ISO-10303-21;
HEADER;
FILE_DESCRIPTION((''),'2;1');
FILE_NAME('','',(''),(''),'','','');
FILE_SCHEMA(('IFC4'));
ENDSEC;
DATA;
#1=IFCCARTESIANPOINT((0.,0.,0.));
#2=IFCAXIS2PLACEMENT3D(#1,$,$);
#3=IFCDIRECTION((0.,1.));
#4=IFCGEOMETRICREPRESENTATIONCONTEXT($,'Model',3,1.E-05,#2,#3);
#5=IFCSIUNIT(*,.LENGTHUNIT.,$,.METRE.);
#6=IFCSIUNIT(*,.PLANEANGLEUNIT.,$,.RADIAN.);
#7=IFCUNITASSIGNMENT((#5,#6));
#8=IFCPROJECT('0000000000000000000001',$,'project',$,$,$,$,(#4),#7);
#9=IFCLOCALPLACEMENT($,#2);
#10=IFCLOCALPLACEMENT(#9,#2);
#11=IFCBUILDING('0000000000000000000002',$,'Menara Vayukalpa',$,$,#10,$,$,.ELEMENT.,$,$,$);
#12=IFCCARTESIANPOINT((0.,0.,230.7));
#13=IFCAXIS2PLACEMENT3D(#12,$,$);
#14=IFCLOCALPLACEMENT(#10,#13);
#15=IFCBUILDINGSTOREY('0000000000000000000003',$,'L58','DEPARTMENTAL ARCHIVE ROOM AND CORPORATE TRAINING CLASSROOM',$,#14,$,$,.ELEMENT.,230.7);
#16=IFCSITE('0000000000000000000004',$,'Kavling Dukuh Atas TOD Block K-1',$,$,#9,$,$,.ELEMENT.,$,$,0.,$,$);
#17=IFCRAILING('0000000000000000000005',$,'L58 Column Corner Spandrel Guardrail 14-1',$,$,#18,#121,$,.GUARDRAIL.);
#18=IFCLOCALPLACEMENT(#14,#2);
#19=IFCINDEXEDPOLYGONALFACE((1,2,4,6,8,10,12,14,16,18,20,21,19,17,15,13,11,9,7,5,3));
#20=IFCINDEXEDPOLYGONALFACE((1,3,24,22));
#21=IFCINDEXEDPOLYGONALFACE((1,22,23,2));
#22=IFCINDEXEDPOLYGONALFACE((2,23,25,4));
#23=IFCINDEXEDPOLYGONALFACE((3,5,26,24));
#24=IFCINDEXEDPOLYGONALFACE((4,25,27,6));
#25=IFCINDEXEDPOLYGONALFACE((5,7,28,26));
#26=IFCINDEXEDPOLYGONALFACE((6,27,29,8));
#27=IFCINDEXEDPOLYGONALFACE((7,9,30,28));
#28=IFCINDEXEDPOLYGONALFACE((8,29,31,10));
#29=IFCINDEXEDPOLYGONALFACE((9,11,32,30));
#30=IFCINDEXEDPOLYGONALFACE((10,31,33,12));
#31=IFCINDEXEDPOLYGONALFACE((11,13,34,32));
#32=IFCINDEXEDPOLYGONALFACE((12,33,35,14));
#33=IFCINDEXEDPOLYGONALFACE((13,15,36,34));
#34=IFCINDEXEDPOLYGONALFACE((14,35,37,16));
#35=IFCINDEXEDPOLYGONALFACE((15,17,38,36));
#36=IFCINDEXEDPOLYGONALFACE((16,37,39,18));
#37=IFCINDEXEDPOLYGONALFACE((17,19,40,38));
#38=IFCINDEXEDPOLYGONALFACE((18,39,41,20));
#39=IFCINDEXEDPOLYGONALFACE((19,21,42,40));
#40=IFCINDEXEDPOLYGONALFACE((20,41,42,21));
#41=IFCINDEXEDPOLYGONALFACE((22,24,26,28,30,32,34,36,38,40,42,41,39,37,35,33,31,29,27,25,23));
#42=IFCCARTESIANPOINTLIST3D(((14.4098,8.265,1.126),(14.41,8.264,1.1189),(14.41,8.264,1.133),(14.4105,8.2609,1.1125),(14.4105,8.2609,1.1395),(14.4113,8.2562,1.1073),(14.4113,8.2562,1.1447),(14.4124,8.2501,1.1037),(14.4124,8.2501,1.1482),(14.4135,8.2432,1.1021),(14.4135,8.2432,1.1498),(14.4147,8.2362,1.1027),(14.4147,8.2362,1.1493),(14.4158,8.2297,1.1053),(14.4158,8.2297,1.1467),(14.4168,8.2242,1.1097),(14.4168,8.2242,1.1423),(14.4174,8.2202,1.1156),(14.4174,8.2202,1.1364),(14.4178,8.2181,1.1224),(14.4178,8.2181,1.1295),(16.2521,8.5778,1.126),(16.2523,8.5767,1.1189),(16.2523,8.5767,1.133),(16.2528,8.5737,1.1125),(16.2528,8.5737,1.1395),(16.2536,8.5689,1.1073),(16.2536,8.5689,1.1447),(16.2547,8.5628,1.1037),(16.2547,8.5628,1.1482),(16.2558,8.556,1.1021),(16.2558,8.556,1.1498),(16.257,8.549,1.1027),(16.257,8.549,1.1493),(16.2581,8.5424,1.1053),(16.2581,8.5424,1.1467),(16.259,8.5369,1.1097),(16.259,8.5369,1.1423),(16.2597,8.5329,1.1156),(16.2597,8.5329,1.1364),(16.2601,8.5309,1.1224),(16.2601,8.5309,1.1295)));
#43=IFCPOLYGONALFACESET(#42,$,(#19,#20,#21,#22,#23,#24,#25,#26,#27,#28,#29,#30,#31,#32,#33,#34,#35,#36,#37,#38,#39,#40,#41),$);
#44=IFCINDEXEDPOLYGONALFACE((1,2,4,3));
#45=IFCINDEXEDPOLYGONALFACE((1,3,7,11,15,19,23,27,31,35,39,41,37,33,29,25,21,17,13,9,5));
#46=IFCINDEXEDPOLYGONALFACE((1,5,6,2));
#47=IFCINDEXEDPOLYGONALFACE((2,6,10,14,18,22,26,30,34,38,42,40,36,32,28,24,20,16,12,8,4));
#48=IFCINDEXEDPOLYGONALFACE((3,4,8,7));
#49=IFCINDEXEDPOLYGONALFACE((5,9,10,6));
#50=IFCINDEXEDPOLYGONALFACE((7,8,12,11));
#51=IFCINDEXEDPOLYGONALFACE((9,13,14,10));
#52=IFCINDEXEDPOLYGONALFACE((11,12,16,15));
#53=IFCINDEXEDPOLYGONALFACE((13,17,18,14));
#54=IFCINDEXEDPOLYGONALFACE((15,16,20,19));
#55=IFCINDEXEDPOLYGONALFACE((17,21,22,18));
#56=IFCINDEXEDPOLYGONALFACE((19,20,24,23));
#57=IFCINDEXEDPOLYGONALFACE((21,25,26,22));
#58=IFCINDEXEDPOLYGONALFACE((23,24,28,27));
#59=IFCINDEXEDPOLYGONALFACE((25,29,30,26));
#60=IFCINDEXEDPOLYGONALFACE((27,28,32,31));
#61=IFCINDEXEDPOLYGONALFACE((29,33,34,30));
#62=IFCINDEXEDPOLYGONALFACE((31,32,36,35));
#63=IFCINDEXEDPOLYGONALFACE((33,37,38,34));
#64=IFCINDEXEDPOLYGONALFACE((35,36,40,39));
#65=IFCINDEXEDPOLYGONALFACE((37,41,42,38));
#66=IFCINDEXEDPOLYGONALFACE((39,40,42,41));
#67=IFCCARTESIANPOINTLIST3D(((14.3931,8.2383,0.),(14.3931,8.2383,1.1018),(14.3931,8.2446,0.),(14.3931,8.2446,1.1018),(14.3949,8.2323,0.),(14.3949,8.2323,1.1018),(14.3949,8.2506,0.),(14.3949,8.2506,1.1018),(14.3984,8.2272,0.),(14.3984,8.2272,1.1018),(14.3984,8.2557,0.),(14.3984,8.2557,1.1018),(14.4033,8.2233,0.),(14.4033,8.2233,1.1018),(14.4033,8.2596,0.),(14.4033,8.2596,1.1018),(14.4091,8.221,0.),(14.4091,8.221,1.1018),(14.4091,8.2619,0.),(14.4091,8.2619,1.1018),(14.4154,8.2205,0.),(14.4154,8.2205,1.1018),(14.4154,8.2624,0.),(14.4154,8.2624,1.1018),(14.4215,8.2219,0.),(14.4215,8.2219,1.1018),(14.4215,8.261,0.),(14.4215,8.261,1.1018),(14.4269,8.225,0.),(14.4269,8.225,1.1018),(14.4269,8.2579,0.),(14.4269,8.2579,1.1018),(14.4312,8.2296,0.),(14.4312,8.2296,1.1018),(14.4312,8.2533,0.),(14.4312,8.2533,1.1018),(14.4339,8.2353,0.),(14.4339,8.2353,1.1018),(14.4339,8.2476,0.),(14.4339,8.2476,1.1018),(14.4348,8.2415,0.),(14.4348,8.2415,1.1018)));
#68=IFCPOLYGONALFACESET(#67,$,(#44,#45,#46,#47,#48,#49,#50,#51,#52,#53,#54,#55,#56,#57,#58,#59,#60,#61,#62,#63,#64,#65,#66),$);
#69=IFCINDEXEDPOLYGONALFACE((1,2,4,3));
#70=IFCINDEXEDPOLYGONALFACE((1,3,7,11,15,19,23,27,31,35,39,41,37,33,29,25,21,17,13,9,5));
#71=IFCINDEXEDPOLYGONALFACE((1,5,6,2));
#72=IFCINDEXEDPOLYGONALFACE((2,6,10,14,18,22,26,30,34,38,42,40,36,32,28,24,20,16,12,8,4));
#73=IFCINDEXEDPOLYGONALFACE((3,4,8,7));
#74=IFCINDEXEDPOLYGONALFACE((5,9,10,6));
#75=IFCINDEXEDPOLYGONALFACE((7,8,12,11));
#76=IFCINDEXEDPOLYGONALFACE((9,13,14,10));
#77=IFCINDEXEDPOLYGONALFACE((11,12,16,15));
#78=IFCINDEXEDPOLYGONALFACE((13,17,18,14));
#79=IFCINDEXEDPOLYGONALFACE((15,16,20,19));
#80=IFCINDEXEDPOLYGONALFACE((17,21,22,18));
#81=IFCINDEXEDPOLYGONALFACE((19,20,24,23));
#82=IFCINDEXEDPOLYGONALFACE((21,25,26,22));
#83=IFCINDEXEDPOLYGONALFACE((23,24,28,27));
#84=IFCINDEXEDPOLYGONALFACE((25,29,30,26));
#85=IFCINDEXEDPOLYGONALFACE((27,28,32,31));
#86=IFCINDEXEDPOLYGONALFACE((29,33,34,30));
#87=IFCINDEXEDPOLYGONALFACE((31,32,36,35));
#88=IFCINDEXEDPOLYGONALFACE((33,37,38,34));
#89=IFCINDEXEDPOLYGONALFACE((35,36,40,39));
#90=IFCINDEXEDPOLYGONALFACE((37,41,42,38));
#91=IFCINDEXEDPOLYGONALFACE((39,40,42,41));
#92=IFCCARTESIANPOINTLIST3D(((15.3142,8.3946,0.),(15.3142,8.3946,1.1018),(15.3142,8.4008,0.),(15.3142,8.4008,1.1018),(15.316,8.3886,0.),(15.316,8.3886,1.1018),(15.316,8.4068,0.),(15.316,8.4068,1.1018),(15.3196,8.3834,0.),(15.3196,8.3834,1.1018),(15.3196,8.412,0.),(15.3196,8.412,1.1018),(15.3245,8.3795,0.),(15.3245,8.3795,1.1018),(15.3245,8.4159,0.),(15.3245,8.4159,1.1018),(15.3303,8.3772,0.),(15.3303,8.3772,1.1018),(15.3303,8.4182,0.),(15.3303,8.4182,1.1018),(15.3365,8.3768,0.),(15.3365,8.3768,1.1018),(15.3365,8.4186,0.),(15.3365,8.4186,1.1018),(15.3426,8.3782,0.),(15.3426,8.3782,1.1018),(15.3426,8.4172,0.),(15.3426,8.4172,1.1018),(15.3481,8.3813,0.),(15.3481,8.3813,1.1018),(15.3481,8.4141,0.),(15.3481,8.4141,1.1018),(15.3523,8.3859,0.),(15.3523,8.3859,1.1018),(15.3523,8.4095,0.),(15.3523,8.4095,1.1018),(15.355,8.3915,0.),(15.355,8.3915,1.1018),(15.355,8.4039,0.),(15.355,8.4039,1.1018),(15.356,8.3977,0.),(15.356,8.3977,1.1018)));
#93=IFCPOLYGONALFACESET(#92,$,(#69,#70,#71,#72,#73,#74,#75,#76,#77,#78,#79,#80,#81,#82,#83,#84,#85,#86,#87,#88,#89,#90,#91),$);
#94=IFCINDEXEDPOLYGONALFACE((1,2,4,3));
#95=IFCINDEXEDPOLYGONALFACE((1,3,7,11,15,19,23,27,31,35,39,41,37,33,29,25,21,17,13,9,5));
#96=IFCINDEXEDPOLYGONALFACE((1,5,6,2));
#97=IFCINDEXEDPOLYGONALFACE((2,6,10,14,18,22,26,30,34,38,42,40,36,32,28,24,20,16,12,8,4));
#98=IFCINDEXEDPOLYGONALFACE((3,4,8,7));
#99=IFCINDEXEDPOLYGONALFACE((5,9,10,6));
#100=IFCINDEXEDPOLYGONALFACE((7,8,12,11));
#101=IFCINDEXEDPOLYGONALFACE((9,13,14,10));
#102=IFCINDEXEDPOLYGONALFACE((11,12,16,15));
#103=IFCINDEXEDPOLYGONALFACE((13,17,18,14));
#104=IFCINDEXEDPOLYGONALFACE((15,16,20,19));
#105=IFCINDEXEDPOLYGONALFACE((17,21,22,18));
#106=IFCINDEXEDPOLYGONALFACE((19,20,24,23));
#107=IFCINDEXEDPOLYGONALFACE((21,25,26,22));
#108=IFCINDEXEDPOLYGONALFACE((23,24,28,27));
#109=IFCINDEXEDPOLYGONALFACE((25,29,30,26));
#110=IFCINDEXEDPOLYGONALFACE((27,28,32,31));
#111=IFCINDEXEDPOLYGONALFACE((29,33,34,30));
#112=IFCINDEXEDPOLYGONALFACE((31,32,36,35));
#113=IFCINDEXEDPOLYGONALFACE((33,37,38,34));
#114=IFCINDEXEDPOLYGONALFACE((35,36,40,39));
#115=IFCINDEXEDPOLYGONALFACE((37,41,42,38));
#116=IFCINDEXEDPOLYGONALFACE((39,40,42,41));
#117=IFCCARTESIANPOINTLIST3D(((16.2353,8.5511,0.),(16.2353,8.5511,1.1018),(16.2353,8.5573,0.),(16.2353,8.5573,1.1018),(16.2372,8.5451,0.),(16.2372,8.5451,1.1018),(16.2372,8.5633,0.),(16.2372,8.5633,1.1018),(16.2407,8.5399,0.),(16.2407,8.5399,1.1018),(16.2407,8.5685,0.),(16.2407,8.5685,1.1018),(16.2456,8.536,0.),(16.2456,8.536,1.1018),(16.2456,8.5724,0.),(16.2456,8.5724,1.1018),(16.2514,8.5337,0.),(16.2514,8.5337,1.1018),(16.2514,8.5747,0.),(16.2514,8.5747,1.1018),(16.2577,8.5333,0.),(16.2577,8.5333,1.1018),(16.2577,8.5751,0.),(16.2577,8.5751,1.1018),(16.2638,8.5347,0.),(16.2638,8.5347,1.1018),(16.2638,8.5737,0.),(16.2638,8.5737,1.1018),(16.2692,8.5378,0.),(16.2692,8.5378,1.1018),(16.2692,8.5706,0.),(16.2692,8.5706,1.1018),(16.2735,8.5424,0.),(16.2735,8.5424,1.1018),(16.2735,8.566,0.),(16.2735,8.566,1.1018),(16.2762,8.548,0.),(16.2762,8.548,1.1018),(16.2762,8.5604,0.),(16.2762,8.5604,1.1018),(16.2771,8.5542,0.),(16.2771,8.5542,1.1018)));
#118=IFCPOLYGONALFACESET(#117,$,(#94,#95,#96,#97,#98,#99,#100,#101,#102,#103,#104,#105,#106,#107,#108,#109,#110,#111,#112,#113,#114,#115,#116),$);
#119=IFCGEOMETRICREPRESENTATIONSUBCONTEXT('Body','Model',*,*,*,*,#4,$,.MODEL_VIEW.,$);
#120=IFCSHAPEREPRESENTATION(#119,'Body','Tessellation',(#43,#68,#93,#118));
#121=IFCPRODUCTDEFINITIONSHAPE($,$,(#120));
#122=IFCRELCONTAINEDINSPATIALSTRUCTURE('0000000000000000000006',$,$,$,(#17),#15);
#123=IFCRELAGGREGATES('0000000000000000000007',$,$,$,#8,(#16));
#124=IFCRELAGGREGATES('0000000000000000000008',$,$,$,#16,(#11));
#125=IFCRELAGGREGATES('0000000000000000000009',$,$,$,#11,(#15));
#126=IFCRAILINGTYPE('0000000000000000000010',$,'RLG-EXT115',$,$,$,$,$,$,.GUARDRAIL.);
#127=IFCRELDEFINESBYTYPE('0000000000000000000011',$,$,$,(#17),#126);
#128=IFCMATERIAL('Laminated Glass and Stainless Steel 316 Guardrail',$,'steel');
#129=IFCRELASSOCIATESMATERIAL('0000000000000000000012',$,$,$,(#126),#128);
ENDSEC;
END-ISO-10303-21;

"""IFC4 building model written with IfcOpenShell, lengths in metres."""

from ifc_helpers import new_model, si_unit, direction, frame, origin, origin_2d, place, context, subcontext, project, spatial, circle, extrude, material, type_object, element, save


model = new_model("IFC4")

# Units and contexts
model_context = context("Model", 3, precision=1e-05, world=origin(), true_north=direction((0.0, 1.0)))
body_context = subcontext(model_context, "Body", "Model", "MODEL_VIEW")
ifc_project = project(units=[si_unit("LENGTHUNIT", "METRE"), si_unit("PLANEANGLEUNIT", "RADIAN")], contexts=[model_context])

# Site, building, storey
site_placement = place(None, origin())
site = spatial("IfcSite", under=ifc_project, at=site_placement, Name="Kavling Dukuh Atas TOD Block K-1", CompositionType="ELEMENT", RefElevation=0.0)
building_placement = place(site_placement, origin())
building = spatial("IfcBuilding", under=site, at=building_placement, Name="Menara Vayukalpa", CompositionType="ELEMENT")
storey_placement = place(building_placement, frame((0.0, 0.0, 230.7)))
storey = spatial("IfcBuildingStorey", under=building, at=storey_placement, Name="L58", Description="DEPARTMENTAL ARCHIVE ROOM AND CORPORATE TRAINING CLASSROOM", CompositionType="ELEMENT", Elevation=230.7)

# Railing
ifc_material_1 = material(Name="Laminated Glass and Stainless Steel 316 Guardrail", Category="steel")
railing_type = type_object("IfcRailingType", Name="RLG-EXT115", PredefinedType="GUARDRAIL", material=ifc_material_1)
railing_placement = place(storey_placement, frame((14.4138, 8.2415, 0.0)))
element("IfcRailing", 1, at=railing_placement, inside=storey, type_object=railing_type, Name="L58 Column Corner Spandrel Guardrail 14-1", PredefinedType="GUARDRAIL", context=body_context, shape_type="SweptSolid", body=[
    extrude(circle(Radius=0.0239, at=origin_2d()), frame((0.0, 0.0, 1.126), z_axis=(0.985895, 0.167364, 0.0), x_axis=(-0.167364, 0.985895, 0.0)), (0.0, 0.0, 1.0), 1.8687),
    extrude(circle(Radius=0.021, at=origin_2d()), origin(), (0.0, 0.0, 1.0), 1.1018),
    extrude(circle(Radius=0.021, at=origin_2d()), frame((0.9211, 0.1562, 0.0)), (0.0, 0.0, 1.0), 1.1018),
    extrude(circle(Radius=0.021, at=origin_2d()), frame((1.8423, 0.3127, 0.0)), (0.0, 0.0, 1.0), 1.1018),
])

save(model, "model.ifc")
